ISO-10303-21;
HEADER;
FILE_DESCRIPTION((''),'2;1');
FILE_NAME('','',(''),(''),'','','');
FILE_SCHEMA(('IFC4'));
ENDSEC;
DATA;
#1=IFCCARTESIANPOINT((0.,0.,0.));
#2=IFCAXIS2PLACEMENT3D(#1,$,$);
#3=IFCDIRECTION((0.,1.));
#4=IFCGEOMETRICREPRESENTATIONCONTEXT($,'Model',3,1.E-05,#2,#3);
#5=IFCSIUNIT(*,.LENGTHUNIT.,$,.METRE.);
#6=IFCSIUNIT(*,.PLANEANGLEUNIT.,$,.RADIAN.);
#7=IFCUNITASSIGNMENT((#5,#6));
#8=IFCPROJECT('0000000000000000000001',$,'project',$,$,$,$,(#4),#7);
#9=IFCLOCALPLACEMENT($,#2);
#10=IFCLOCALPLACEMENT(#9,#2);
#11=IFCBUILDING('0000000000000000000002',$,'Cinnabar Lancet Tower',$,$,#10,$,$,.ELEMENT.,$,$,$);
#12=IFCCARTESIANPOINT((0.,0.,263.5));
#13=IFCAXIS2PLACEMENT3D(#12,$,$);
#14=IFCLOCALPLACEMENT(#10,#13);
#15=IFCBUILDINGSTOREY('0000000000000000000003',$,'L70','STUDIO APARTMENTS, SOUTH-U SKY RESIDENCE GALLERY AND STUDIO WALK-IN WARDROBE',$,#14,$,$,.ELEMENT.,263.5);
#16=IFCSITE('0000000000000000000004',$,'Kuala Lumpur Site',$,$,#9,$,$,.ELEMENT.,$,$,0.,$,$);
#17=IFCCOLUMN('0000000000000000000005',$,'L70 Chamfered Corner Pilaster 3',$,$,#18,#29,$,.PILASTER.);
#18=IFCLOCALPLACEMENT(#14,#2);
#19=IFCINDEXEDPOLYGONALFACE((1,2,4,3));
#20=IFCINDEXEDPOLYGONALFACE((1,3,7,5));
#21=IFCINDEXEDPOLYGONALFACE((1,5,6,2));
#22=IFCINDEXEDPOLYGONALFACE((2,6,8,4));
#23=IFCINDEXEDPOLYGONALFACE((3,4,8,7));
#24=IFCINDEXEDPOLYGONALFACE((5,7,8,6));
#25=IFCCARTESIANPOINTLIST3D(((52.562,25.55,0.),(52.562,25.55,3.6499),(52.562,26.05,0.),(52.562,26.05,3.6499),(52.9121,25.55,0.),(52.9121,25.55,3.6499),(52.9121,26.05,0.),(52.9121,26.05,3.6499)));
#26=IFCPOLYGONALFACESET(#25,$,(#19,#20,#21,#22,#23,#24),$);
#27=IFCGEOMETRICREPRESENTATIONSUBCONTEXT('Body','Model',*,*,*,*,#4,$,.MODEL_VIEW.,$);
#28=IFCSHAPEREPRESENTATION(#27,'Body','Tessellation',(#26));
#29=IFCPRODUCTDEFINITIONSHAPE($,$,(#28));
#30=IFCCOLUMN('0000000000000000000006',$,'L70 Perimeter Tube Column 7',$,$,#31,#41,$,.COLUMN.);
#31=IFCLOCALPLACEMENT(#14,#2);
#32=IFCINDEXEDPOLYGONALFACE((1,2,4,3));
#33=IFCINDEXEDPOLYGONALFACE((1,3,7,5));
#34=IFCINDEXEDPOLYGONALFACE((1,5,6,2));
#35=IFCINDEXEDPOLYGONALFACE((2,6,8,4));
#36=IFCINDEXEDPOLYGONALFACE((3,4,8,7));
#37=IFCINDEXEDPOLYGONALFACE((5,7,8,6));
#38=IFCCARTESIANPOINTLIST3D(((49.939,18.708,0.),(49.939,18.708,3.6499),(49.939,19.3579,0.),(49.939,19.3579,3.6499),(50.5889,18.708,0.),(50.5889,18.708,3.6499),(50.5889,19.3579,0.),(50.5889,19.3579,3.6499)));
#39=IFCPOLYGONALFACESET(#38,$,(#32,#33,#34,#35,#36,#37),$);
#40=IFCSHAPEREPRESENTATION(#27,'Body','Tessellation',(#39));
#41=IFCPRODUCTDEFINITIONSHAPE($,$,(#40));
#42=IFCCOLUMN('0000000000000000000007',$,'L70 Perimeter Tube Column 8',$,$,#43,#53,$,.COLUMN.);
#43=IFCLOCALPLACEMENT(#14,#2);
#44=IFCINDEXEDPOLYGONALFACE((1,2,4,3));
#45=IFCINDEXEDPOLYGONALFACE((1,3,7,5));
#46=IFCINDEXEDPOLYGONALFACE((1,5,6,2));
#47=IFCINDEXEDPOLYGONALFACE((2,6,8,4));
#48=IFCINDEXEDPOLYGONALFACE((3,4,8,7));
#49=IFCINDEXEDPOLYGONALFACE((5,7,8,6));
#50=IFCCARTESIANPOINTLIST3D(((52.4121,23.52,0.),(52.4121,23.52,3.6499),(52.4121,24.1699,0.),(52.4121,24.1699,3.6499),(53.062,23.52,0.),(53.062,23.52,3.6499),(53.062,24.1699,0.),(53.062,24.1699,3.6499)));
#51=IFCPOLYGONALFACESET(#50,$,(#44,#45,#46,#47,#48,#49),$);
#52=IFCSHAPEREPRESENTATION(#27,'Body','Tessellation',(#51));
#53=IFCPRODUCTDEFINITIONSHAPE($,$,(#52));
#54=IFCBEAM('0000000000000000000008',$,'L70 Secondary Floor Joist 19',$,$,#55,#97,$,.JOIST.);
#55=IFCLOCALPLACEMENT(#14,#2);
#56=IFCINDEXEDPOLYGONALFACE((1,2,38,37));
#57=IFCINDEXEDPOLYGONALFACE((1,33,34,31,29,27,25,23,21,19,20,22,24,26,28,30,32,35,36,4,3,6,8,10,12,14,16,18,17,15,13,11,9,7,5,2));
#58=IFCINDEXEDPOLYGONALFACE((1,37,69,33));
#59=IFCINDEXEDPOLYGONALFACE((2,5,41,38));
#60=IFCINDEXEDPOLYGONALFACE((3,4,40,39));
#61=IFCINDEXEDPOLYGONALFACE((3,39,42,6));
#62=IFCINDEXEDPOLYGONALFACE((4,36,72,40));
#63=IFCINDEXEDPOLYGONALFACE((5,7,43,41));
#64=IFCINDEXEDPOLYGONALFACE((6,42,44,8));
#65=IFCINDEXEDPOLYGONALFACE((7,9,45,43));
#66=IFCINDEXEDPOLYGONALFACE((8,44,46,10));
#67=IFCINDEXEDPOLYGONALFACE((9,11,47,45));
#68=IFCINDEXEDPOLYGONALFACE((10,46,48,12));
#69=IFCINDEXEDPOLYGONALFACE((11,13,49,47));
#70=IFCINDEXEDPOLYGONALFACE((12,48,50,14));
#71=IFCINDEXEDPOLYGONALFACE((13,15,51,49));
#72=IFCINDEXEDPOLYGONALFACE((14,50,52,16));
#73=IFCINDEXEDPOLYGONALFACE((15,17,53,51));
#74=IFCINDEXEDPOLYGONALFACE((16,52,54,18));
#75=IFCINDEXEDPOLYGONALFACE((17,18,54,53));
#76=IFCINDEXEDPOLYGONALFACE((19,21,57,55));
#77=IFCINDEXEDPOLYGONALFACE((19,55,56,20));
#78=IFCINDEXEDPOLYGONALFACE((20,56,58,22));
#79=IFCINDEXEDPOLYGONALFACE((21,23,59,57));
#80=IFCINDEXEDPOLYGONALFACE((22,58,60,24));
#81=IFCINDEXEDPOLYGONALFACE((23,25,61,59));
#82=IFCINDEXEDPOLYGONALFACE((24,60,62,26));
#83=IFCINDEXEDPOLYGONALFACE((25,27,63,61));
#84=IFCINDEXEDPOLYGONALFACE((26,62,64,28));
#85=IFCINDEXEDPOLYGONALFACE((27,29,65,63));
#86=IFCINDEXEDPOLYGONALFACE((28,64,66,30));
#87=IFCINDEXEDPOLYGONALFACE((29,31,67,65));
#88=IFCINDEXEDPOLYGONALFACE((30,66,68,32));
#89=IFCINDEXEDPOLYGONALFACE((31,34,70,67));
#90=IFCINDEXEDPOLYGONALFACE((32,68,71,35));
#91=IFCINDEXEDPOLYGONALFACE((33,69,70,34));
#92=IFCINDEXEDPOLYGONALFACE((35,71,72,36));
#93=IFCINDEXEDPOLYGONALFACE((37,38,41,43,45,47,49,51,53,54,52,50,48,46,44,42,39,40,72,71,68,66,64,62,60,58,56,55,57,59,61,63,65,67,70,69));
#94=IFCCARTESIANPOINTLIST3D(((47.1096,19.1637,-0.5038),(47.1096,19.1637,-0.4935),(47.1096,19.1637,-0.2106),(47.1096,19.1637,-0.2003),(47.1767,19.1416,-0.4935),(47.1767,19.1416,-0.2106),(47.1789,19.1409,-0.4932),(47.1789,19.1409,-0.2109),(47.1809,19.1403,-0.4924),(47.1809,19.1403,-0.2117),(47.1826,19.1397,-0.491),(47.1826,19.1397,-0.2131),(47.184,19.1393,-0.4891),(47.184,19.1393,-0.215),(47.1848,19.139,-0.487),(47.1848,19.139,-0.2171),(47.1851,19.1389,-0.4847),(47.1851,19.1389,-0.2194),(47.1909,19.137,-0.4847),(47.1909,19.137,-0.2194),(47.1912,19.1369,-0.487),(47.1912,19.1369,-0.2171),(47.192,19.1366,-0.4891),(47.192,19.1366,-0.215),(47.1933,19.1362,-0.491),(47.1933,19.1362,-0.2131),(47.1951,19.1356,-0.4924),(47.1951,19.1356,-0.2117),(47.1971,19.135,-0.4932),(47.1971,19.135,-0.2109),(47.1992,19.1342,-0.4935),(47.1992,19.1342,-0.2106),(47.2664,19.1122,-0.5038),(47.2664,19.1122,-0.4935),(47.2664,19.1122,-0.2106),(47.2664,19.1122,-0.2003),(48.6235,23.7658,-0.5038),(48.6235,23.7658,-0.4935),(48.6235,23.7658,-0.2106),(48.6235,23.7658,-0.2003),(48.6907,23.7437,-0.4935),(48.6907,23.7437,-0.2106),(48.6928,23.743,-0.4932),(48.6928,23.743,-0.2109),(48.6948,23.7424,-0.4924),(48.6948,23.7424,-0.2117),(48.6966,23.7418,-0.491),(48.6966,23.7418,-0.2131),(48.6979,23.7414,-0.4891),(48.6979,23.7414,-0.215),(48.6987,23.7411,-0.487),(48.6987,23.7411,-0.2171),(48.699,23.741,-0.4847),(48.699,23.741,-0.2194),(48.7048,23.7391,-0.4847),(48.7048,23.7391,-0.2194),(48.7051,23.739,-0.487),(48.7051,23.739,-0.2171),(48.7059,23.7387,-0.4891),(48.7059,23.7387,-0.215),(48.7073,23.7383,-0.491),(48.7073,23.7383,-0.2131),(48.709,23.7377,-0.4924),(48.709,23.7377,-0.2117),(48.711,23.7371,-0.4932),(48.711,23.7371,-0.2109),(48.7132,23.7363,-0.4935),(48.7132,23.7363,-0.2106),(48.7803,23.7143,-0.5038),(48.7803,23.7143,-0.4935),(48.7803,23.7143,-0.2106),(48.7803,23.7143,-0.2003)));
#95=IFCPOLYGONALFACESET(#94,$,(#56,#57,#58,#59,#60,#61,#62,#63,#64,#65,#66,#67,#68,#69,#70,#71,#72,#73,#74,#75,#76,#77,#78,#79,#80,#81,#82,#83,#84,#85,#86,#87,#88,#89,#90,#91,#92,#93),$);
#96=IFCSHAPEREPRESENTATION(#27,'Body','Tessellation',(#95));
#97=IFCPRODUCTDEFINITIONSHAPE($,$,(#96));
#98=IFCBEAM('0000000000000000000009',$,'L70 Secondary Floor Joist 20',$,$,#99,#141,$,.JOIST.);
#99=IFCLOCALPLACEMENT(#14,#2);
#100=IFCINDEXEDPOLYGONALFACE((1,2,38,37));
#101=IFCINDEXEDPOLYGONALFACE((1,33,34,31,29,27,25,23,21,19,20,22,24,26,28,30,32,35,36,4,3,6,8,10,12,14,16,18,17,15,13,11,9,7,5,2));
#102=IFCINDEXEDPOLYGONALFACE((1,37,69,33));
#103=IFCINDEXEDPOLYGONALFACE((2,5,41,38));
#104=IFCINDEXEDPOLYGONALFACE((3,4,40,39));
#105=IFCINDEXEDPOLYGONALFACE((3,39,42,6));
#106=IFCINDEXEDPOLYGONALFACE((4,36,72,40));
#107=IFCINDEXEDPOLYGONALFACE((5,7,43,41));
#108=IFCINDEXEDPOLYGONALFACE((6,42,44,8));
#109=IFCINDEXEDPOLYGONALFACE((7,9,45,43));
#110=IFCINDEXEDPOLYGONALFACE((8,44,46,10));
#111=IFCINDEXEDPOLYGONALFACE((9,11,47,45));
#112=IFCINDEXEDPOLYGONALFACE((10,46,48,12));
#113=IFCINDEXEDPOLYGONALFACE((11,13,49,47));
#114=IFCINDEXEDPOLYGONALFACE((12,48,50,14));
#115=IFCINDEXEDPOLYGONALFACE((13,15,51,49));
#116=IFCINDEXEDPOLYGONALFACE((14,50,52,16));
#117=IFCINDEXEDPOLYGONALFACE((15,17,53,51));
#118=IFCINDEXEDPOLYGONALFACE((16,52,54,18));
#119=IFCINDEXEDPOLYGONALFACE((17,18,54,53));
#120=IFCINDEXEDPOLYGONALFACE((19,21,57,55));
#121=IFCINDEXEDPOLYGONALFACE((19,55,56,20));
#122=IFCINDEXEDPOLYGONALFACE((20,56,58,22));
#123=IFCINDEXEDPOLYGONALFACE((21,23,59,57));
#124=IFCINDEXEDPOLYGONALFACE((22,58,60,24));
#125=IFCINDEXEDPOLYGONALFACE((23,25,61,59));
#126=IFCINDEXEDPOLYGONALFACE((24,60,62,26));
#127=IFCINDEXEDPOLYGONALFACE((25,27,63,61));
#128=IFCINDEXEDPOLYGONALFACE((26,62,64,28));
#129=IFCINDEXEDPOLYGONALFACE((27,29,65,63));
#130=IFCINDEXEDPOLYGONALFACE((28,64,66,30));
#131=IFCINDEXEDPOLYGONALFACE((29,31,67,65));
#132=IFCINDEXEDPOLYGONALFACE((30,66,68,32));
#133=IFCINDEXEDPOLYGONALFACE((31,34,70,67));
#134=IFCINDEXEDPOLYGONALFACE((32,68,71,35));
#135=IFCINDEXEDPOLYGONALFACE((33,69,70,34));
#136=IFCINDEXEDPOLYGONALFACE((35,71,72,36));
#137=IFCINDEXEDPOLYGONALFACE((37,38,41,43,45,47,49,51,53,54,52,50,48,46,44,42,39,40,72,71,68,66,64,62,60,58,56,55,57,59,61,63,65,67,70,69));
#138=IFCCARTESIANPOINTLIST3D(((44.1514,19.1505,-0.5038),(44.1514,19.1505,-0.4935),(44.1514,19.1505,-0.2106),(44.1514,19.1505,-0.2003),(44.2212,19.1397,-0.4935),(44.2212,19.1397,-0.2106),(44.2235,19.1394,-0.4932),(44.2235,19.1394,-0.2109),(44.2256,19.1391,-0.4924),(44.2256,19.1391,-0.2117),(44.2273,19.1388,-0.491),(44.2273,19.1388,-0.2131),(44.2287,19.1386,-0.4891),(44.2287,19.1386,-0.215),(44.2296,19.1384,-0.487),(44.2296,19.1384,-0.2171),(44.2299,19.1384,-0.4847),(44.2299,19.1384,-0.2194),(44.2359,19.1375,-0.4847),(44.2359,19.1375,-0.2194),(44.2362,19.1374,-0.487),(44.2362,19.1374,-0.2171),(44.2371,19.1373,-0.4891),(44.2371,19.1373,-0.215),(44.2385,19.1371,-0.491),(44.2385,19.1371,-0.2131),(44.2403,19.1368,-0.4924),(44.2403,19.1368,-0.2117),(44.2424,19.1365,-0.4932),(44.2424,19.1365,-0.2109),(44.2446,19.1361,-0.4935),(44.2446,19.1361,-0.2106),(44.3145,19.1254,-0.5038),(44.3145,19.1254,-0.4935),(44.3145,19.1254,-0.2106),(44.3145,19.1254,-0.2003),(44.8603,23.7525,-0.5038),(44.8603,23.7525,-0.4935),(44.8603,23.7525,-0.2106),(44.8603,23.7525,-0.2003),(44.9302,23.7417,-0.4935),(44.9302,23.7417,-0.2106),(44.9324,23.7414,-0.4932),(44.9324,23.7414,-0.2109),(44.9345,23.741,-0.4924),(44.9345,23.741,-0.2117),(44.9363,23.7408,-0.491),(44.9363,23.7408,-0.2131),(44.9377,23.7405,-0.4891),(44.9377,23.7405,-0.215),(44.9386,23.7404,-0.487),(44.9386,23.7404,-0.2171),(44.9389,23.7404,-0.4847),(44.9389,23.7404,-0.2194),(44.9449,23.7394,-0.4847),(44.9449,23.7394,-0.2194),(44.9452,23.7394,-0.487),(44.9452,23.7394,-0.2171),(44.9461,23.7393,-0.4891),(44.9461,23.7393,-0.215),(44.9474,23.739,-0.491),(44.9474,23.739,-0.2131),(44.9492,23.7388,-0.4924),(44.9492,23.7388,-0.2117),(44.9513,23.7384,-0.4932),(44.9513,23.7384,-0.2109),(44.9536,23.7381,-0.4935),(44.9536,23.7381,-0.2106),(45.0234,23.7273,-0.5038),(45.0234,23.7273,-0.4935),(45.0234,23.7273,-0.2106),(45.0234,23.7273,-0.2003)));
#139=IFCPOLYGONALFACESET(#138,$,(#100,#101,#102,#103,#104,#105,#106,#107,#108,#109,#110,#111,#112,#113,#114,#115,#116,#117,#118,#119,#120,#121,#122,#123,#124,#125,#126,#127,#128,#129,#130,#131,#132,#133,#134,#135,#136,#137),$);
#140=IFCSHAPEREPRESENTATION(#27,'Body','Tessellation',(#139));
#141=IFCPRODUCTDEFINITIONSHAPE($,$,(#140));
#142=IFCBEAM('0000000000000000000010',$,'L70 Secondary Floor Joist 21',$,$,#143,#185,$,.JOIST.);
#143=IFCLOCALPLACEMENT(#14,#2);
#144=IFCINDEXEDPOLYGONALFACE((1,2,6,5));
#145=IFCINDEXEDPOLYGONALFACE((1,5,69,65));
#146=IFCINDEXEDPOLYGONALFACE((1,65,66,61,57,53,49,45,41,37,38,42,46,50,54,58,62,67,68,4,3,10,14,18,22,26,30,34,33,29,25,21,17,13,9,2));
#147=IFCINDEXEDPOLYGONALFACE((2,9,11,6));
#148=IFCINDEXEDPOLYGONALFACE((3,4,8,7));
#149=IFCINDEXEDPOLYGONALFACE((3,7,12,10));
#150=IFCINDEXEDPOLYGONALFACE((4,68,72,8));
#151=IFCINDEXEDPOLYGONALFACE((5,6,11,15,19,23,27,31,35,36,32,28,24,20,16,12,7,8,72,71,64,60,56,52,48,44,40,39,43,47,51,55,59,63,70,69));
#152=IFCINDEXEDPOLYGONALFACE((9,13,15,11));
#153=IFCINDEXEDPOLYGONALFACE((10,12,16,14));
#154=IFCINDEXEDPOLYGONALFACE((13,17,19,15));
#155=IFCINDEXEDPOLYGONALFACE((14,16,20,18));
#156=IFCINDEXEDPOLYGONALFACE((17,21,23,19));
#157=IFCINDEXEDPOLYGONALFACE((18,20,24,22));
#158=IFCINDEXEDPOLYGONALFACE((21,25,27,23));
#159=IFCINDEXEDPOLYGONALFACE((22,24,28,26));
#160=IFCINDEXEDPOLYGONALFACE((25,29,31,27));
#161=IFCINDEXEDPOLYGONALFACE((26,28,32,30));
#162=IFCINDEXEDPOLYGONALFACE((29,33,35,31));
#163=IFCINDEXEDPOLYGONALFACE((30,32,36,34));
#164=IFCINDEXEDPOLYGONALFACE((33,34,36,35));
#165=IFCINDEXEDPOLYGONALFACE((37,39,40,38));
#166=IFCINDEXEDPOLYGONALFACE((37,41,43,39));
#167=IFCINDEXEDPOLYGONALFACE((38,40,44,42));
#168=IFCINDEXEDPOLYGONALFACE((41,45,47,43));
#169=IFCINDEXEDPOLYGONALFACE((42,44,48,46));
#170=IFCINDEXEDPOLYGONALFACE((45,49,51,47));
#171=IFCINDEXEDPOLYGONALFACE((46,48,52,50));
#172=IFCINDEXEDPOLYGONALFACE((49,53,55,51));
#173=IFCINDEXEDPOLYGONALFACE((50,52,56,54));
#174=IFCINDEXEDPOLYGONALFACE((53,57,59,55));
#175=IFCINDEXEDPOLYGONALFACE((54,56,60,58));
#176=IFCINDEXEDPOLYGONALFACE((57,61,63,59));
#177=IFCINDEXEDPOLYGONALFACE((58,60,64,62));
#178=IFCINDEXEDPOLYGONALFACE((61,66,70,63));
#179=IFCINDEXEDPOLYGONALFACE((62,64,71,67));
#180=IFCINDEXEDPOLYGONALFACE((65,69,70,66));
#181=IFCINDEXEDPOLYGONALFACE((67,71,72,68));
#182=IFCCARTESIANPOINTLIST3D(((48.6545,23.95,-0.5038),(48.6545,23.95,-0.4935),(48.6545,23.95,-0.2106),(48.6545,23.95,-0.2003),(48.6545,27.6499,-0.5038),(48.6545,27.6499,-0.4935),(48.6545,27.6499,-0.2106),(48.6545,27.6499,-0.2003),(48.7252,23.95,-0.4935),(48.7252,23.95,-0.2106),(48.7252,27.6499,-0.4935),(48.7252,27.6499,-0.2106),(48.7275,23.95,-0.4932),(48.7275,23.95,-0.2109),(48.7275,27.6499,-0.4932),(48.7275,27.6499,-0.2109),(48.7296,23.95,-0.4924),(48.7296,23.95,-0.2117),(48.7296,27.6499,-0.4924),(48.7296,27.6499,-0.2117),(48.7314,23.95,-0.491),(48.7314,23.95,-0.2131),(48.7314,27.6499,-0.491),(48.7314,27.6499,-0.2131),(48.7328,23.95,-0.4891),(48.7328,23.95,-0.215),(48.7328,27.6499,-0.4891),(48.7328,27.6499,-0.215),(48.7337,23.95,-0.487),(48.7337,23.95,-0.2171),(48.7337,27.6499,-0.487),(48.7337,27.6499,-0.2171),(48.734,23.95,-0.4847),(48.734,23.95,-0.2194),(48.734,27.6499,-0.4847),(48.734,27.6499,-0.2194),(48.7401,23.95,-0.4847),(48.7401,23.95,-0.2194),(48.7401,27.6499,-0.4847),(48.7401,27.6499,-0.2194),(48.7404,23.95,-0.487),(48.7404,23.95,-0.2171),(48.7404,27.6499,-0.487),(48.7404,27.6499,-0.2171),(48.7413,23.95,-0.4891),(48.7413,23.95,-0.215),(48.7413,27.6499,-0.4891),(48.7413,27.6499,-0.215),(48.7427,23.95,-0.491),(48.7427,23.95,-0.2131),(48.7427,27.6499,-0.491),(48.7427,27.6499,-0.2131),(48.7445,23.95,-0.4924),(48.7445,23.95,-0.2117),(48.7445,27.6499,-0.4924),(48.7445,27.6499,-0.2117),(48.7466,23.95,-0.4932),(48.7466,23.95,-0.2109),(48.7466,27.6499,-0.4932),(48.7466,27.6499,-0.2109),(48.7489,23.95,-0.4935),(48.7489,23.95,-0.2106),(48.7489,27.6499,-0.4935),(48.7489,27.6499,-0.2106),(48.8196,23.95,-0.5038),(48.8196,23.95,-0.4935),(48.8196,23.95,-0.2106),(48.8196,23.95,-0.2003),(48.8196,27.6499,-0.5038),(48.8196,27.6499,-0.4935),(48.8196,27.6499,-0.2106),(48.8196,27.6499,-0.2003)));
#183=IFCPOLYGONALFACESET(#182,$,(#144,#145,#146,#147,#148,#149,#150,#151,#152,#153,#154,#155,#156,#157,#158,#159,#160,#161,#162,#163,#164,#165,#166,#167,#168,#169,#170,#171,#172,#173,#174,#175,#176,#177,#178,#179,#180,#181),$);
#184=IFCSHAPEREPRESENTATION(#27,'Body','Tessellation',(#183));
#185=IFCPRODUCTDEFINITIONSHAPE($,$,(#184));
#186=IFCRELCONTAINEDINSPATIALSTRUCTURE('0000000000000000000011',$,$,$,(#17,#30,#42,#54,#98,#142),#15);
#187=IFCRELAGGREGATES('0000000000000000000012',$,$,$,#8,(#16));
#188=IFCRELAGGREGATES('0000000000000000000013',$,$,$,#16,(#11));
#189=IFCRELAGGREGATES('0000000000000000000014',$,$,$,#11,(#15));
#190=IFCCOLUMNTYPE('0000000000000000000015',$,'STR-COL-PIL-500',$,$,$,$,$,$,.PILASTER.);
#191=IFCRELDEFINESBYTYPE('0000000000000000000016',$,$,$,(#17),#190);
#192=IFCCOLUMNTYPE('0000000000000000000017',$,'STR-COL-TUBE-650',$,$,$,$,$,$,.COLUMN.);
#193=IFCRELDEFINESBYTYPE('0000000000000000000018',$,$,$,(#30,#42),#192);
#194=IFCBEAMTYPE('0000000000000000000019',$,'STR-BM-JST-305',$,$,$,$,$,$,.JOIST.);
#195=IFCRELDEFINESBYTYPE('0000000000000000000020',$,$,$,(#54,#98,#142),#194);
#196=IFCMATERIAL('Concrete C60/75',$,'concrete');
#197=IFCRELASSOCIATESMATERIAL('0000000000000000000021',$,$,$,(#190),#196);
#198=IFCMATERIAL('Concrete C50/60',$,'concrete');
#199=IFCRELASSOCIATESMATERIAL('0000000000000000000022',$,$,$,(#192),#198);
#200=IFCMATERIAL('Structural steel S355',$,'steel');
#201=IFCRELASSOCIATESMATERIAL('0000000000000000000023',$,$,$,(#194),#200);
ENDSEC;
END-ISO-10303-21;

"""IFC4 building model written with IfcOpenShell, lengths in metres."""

from ifc_helpers import new_model, si_unit, direction, frame, origin, origin_2d, place, context, subcontext, project, spatial, rectangle, i_section, extrude, material, material_profile, profile_set, type_object, element, save


model = new_model("IFC4")

# Units and contexts
model_context = context("Model", 3, precision=1e-05, world=origin(), true_north=direction((0.0, 1.0)))
body_context = subcontext(model_context, "Body", "Model", "MODEL_VIEW")
ifc_project = project(units=[si_unit("LENGTHUNIT", "METRE"), si_unit("PLANEANGLEUNIT", "RADIAN")], contexts=[model_context])

# Site, building, storey
site_placement = place(None, origin())
site = spatial("IfcSite", under=ifc_project, at=site_placement, Name="Kuala Lumpur Site", CompositionType="ELEMENT", RefElevation=0.0)
building_placement = place(site_placement, origin())
building = spatial("IfcBuilding", under=site, at=building_placement, Name="Cinnabar Lancet Tower", CompositionType="ELEMENT")
storey_placement = place(building_placement, frame((0.0, 0.0, 263.5)))
storey = spatial("IfcBuildingStorey", under=building, at=storey_placement, Name="L70", Description="STUDIO APARTMENTS, SOUTH-U SKY RESIDENCE GALLERY AND STUDIO WALK-IN WARDROBE", CompositionType="ELEMENT", Elevation=263.5)

# Columns
ifc_material_1 = material(Name="Concrete C60/75", Category="concrete")
ifc_material_profile_1 = material_profile(ifc_material_1, rectangle(XDim=0.5, YDim=0.3501, at=origin_2d()), Name="RC-PIL 500x350")
ifc_profile_set_1 = profile_set([ifc_material_profile_1], Name="Concrete C60/75")
column_type_1 = type_object("IfcColumnType", Name="STR-COL-PIL-500", PredefinedType="PILASTER", material=ifc_profile_set_1)
column_placement = place(storey_placement, frame((52.7371, 25.8, 0.0), z_axis=(0.0, 0.0, 1.0), x_axis=(0.0, 1.0, 0.0)))
element("IfcColumn", 1, at=column_placement, inside=storey, type_object=column_type_1, Name="L70 Chamfered Corner Pilaster 3", PredefinedType="PILASTER", context=body_context, shape_type="SweptSolid", body=[
    extrude(rectangle(XDim=0.5, YDim=0.3501, at=origin_2d()), origin(), (0.0, 0.0, 1.0), 3.6499),
])
ifc_material_2 = material(Name="Concrete C50/60", Category="concrete")
ifc_material_profile_2 = material_profile(ifc_material_2, rectangle(XDim=0.6499, YDim=0.6499, at=origin_2d()), Name="RC-COL 650x650")
ifc_profile_set_2 = profile_set([ifc_material_profile_2], Name="Concrete C50/60")
column_type_2 = type_object("IfcColumnType", Name="STR-COL-TUBE-650", PredefinedType="COLUMN", material=ifc_profile_set_2)
for number, where, z_axis, x_axis, name in (
    (2, (50.2639, 19.033, 0.0), (0.0, 0.0, 1.0), (1.0, 0.0, 0.0), "L70 Perimeter Tube Column 7"),
    (3, (52.7371, 23.845, 0.0), (0.0, 0.0, 1.0), (1.0, 0.0, 0.0), "L70 Perimeter Tube Column 8"),
):
    element("IfcColumn", number, at=place(storey_placement, frame(where, z_axis=z_axis, x_axis=x_axis)), inside=storey, type_object=column_type_2, Name=name, PredefinedType="COLUMN", context=body_context, shape_type="SweptSolid", body=[
        extrude(rectangle(XDim=0.6499, YDim=0.6499, at=origin_2d()), origin(), (0.0, 0.0, 1.0), 3.6499),
    ])

# Beams
ifc_material_3 = material(Name="Structural steel S355", Category="steel")
ifc_material_profile_3 = material_profile(ifc_material_3, i_section(OverallWidth=0.165, OverallDepth=0.3035, WebThickness=0.0061, FlangeThickness=0.0103, FilletRadius=0.0088, at=origin_2d()), Name="UKB 305x165x40")
ifc_profile_set_3 = profile_set([ifc_material_profile_3], Name="Structural steel S355")
beam_type_1 = type_object("IfcBeamType", Name="STR-BM-JST-305", PredefinedType="JOIST", material=ifc_profile_set_3)
beam_1_placement = place(storey_placement, frame((47.188, 19.1379, -0.3521), z_axis=(0.312491, 0.949921, 0.0), x_axis=(-0.949921, 0.312491, 0.0)))
element("IfcBeam", 4, at=beam_1_placement, inside=storey, type_object=beam_type_1, Name="L70 Secondary Floor Joist 19", PredefinedType="JOIST", context=body_context, shape_type="SweptSolid", body=[
    extrude(i_section(OverallWidth=0.165, OverallDepth=0.3035, WebThickness=0.0061, FlangeThickness=0.0103, FilletRadius=0.0088, at=origin_2d()), origin(), (0.0, 0.0, 1.0), 4.8447),
])
beam_2_placement = place(storey_placement, frame((44.2329, 19.1379, -0.3521), z_axis=(0.152262, 0.98834, 0.0), x_axis=(-0.98834, 0.152262, 0.0)))
element("IfcBeam", 5, at=beam_2_placement, inside=storey, type_object=beam_type_1, Name="L70 Secondary Floor Joist 20", PredefinedType="JOIST", context=body_context, shape_type="SweptSolid", body=[
    extrude(i_section(OverallWidth=0.165, OverallDepth=0.3035, WebThickness=0.0061, FlangeThickness=0.0103, FilletRadius=0.0088, at=origin_2d()), origin(), (0.0, 0.0, 1.0), 4.6562),
])
for number, where, z_axis, x_axis, name in (
    (6, (48.7371, 23.95, -0.3521), (0.0, 1.0, 0.0), (-1.0, 0.0, 0.0), "L70 Secondary Floor Joist 21"),
):
    element("IfcBeam", number, at=place(storey_placement, frame(where, z_axis=z_axis, x_axis=x_axis)), inside=storey, type_object=beam_type_1, Name=name, PredefinedType="JOIST", context=body_context, shape_type="SweptSolid", body=[
        extrude(i_section(OverallWidth=0.165, OverallDepth=0.3035, WebThickness=0.0061, FlangeThickness=0.0103, FilletRadius=0.0088, at=origin_2d()), origin(), (0.0, 0.0, 1.0), 3.7),
    ])

save(model, "model.ifc")
